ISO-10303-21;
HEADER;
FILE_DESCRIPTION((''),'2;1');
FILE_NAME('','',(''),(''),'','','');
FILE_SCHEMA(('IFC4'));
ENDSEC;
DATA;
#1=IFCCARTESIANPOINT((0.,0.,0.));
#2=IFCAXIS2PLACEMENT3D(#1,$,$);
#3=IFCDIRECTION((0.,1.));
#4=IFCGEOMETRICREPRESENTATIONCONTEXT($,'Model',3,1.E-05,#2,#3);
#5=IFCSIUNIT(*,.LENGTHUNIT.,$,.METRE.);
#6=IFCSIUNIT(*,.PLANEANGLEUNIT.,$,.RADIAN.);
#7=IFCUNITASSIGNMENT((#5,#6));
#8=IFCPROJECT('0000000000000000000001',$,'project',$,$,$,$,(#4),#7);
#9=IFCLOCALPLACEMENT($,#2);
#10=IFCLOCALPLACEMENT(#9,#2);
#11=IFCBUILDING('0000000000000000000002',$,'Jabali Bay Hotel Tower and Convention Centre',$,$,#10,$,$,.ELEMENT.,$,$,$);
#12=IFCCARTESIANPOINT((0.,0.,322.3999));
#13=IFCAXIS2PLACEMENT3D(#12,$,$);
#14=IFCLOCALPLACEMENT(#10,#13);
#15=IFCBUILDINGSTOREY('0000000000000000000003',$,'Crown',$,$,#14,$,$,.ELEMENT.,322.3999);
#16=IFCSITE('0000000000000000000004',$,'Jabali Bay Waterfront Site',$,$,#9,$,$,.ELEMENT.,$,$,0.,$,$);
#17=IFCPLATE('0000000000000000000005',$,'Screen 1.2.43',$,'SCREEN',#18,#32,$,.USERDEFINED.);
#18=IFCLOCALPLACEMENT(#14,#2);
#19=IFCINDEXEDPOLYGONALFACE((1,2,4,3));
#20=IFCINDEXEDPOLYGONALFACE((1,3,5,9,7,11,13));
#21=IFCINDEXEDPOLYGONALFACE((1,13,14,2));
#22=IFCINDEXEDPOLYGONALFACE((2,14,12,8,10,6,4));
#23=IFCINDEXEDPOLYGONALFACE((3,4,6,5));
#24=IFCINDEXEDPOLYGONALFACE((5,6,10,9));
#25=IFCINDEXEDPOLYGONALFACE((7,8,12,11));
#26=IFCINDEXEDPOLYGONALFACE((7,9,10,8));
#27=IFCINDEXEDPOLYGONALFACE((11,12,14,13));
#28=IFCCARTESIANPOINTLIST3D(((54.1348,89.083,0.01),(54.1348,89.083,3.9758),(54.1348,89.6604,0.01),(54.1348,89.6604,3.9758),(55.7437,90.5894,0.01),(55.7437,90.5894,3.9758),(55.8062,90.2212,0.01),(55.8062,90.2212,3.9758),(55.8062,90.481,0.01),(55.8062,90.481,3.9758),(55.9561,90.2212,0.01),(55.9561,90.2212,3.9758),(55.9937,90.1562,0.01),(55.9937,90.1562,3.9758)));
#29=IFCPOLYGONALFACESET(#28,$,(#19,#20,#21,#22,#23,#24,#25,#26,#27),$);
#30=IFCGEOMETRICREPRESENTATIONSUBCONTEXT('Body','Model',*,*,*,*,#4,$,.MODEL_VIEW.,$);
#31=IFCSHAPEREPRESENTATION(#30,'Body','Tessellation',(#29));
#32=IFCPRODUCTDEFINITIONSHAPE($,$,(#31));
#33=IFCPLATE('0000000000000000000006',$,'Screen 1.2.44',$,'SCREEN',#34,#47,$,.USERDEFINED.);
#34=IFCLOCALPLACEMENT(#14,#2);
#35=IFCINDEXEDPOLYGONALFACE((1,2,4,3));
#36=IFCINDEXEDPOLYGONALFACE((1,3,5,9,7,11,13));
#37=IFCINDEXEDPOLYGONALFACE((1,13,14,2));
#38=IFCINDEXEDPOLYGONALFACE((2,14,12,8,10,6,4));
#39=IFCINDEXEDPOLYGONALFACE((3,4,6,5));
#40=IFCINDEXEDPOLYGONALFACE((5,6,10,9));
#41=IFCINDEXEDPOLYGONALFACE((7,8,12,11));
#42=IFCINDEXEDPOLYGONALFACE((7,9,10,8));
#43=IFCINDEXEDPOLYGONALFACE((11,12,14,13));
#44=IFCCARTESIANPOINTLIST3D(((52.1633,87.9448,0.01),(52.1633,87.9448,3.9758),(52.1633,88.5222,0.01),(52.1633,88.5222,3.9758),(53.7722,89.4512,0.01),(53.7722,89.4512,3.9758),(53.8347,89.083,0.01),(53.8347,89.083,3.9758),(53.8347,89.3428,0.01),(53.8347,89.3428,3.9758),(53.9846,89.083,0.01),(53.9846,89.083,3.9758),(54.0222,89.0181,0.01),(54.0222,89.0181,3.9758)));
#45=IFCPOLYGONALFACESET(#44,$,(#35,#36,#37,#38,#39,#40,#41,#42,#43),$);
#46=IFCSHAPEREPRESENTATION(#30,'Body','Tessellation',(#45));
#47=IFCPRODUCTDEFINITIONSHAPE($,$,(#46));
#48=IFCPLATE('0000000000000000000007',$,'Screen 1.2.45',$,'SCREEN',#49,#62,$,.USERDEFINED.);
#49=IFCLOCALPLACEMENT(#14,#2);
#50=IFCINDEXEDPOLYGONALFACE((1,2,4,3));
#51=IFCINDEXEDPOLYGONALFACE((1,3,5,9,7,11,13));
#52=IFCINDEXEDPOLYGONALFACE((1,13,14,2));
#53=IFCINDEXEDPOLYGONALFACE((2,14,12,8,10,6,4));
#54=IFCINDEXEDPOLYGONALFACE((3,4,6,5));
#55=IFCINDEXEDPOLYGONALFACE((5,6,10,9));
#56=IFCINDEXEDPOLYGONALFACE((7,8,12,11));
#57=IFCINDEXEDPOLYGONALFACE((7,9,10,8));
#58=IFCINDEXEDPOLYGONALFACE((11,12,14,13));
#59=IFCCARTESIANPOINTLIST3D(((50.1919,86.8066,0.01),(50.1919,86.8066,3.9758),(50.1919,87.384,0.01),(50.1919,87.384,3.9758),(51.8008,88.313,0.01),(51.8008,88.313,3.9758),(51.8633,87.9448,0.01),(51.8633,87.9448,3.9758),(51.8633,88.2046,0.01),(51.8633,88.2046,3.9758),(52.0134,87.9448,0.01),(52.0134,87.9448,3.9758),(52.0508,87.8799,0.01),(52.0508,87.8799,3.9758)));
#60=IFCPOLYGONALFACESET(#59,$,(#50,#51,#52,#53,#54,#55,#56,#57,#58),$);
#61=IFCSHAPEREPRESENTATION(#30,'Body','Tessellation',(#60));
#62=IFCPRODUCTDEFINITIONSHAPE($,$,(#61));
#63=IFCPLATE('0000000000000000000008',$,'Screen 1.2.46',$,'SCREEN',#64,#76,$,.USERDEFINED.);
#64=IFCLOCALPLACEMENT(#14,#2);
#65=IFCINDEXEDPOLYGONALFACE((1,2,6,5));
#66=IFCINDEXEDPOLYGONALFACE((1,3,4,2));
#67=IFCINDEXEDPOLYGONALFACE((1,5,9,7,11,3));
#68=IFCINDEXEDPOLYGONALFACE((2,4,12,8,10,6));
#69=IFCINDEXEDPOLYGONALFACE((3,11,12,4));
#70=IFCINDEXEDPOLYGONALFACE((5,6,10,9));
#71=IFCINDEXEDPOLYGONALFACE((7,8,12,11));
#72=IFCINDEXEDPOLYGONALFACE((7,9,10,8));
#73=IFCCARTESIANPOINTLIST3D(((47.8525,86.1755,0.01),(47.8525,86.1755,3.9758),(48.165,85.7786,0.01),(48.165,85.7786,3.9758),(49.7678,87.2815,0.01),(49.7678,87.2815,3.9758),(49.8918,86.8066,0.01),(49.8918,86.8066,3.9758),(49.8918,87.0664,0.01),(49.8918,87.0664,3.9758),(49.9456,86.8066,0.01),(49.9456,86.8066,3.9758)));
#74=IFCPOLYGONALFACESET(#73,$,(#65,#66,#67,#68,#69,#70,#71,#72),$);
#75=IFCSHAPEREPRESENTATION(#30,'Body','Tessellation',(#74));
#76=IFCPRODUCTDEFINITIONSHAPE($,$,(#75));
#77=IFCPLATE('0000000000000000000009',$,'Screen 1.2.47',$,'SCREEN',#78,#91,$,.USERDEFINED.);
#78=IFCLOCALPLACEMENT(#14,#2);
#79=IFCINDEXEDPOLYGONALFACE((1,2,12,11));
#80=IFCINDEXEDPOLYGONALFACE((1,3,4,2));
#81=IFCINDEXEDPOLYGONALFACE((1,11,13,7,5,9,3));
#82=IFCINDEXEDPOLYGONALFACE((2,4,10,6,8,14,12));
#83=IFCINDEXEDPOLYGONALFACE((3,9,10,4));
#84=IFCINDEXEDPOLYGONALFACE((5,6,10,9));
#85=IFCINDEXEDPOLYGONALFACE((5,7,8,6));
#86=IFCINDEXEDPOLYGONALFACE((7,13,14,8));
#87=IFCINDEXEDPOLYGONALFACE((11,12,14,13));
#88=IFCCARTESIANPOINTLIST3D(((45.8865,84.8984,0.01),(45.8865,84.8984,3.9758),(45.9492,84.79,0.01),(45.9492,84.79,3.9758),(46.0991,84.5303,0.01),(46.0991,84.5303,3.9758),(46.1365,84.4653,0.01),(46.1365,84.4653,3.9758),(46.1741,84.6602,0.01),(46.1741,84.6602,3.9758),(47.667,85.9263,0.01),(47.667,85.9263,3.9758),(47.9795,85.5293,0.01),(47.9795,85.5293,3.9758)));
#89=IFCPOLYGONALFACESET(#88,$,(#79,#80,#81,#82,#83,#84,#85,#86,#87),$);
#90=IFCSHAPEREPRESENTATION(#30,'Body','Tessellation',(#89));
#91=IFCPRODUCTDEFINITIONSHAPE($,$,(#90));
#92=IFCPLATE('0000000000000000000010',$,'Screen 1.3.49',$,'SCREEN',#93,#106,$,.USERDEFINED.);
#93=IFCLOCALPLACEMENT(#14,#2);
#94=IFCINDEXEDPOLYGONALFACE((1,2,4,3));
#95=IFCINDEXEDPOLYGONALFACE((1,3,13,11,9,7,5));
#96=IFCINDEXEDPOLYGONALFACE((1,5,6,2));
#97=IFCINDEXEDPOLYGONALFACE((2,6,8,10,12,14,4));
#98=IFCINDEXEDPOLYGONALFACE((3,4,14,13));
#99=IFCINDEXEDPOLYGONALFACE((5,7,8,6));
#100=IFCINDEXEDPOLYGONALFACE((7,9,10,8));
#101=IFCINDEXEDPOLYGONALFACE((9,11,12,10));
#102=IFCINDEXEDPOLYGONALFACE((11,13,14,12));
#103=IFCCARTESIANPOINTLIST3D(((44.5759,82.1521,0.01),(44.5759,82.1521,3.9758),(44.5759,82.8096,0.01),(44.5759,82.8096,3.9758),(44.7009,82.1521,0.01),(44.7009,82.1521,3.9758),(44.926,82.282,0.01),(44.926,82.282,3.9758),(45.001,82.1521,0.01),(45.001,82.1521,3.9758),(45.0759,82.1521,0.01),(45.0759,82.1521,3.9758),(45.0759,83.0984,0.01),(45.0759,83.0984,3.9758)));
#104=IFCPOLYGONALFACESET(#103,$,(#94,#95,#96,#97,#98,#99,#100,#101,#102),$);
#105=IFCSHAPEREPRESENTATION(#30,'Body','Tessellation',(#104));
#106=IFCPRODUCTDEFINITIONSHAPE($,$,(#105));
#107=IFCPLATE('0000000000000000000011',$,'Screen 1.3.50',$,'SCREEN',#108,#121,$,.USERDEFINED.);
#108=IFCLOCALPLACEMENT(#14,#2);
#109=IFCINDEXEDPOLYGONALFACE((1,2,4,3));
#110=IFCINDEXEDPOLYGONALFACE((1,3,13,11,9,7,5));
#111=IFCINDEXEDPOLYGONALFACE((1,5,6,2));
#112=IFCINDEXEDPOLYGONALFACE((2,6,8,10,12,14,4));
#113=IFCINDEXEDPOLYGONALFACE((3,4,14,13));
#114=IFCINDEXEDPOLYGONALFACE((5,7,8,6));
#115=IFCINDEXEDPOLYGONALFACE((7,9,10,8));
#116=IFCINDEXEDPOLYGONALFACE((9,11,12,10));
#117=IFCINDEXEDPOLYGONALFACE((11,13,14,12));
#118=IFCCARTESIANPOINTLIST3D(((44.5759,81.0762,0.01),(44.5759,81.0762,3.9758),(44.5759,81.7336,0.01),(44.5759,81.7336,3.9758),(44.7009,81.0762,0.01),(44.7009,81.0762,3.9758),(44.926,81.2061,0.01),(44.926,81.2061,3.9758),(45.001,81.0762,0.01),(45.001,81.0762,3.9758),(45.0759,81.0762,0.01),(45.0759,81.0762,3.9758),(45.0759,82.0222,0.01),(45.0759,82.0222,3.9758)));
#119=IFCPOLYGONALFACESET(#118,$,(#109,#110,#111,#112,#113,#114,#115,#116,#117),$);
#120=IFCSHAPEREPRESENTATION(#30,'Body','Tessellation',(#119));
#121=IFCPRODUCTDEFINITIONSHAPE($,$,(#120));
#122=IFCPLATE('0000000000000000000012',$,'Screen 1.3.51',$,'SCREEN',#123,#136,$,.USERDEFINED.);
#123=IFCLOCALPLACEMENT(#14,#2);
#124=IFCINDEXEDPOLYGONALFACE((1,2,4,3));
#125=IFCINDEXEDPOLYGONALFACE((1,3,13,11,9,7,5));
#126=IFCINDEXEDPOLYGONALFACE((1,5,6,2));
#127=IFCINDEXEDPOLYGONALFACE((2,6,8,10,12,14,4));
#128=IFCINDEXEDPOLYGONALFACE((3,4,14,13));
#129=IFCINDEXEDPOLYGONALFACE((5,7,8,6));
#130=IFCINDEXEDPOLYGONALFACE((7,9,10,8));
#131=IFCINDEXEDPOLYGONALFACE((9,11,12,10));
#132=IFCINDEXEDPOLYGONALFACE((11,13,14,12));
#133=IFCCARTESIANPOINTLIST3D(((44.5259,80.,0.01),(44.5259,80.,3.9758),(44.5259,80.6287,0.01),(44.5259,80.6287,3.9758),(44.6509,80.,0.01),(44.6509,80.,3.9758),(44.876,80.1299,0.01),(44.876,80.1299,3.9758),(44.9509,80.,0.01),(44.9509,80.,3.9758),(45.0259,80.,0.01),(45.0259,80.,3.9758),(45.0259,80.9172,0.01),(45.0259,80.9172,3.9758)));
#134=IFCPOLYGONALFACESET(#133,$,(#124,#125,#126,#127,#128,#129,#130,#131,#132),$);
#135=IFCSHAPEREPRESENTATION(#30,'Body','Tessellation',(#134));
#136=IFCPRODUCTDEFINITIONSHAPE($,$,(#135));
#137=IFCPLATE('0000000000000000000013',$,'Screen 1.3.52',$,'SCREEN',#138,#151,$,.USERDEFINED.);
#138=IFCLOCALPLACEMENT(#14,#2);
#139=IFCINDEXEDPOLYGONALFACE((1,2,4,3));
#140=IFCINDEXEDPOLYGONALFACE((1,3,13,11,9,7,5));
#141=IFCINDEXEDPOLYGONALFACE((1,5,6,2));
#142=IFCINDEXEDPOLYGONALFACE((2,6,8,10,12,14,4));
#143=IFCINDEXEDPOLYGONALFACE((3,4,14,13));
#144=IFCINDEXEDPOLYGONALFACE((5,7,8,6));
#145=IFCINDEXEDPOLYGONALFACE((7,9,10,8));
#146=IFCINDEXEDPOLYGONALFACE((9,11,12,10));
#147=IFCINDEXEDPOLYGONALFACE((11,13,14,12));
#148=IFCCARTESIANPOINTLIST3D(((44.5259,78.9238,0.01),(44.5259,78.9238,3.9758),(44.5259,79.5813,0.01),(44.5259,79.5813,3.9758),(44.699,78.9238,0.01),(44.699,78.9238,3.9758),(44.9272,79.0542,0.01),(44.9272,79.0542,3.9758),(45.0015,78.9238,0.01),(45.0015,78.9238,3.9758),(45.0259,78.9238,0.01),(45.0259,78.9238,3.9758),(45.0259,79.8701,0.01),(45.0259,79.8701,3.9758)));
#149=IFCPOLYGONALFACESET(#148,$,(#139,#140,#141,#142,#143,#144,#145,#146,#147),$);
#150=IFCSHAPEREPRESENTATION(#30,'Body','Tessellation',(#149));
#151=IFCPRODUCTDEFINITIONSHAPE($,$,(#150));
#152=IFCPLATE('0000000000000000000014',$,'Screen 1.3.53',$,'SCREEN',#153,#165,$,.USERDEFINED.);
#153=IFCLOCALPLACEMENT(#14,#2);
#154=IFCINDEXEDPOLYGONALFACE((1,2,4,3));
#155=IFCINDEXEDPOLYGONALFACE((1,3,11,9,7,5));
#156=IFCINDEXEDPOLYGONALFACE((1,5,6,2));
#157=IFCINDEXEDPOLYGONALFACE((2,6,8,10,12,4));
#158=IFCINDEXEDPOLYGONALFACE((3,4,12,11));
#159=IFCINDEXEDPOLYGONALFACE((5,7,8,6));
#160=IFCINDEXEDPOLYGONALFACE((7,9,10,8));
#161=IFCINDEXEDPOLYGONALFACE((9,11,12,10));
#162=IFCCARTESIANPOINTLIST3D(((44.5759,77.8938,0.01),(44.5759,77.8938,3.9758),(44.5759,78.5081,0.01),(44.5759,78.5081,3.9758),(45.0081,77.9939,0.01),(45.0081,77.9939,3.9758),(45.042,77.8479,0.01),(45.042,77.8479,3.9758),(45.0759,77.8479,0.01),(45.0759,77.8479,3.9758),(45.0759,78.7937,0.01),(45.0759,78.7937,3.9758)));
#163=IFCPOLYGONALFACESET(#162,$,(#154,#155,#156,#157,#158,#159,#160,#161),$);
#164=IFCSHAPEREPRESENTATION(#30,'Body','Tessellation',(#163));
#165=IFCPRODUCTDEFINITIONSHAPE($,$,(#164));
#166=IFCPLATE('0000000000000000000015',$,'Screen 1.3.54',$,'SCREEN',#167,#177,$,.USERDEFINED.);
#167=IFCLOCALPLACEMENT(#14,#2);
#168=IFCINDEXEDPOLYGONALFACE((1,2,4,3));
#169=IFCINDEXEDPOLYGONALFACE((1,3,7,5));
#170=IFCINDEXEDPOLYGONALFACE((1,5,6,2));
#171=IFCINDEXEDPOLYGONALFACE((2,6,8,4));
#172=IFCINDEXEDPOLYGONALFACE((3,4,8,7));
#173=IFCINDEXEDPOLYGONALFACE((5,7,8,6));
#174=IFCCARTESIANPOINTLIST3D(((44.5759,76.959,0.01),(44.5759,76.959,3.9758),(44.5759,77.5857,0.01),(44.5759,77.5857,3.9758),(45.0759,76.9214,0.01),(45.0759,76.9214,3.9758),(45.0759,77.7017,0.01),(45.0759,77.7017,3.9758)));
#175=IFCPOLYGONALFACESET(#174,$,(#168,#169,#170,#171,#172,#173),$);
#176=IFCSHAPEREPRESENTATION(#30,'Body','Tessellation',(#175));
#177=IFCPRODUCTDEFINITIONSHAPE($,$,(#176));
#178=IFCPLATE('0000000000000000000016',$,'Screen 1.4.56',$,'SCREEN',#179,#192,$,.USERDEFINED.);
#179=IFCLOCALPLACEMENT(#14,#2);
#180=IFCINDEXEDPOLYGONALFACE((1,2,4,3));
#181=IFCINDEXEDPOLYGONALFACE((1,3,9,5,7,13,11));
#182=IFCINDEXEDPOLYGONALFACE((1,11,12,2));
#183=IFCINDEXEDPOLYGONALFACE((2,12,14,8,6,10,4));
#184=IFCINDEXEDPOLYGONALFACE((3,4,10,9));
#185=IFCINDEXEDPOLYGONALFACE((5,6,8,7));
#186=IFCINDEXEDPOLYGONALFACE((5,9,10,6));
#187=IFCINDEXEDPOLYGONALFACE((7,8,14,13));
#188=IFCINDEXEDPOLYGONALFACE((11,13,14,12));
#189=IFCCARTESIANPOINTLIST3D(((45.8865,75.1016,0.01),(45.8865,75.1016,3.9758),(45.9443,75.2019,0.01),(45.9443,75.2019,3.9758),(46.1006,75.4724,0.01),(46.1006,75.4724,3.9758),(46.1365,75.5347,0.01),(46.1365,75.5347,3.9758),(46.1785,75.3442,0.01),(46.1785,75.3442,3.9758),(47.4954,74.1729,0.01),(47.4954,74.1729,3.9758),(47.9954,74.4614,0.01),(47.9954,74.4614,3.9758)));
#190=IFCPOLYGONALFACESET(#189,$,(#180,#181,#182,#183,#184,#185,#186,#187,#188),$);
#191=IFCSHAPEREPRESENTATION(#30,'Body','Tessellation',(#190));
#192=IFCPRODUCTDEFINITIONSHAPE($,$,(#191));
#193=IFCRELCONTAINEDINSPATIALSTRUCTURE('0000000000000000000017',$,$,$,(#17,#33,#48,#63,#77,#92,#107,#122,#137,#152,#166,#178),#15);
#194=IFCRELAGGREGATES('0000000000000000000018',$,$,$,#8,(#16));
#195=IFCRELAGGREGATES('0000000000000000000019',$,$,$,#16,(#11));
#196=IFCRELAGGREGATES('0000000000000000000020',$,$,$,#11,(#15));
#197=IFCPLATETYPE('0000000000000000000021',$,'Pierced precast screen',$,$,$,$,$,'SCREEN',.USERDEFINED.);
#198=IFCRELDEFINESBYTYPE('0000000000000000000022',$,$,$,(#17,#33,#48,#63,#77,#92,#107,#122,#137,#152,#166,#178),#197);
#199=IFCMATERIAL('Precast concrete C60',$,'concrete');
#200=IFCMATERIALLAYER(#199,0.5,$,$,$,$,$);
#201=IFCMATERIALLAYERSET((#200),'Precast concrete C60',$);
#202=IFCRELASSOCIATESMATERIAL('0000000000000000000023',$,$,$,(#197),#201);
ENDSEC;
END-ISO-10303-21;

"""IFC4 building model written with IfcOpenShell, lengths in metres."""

from ifc_helpers import new_model, si_unit, direction, frame, origin, place, context, subcontext, project, spatial, polyline, outline, extrude, material, layer, layer_set, type_object, element, save


model = new_model("IFC4")

# Units and contexts
model_context = context("Model", 3, precision=1e-05, world=origin(), true_north=direction((0.0, 1.0)))
body_context = subcontext(model_context, "Body", "Model", "MODEL_VIEW")
ifc_project = project(units=[si_unit("LENGTHUNIT", "METRE"), si_unit("PLANEANGLEUNIT", "RADIAN")], contexts=[model_context])

# Site, building, storey
site_placement = place(None, origin())
site = spatial("IfcSite", under=ifc_project, at=site_placement, Name="Jabali Bay Waterfront Site", CompositionType="ELEMENT", RefElevation=0.0)
building_placement = place(site_placement, origin())
building = spatial("IfcBuilding", under=site, at=building_placement, Name="Jabali Bay Hotel Tower and Convention Centre", CompositionType="ELEMENT")
storey_placement = place(building_placement, frame((0.0, 0.0, 322.3999)))
storey = spatial("IfcBuildingStorey", under=building, at=storey_placement, Name="Crown", CompositionType="ELEMENT", Elevation=322.3999)

# Plates
ifc_material = material(Name="Precast concrete C60", Category="concrete")
ifc_layer = layer(ifc_material, 0.5)
ifc_layer_set = layer_set([ifc_layer], Name="Precast concrete C60")
plate_type = type_object("IfcPlateType", Name="Pierced precast screen", ElementType="SCREEN", PredefinedType="USERDEFINED", material=ifc_layer_set)
plate_1_placement = place(storey_placement, frame((0.0, 0.0, 0.01)))
element("IfcPlate", 1, at=plate_1_placement, inside=storey, type_object=plate_type, Name="Screen 1.2.43", ObjectType="SCREEN", PredefinedType="USERDEFINED", context=body_context, shape_type="SweptSolid", body=[
    extrude(outline(polyline([(54.1348, 89.083), (55.9937, 90.1562), (55.9561, 90.2212), (55.8062, 90.2212), (55.8062, 90.481), (55.7437, 90.5894), (54.1348, 89.6604), (54.1348, 89.083)])), origin(), (0.0, 0.0, 1.0), 3.9658),
])
plate_2_placement = place(storey_placement, frame((0.0, 0.0, 0.01)))
element("IfcPlate", 2, at=plate_2_placement, inside=storey, type_object=plate_type, Name="Screen 1.2.44", ObjectType="SCREEN", PredefinedType="USERDEFINED", context=body_context, shape_type="SweptSolid", body=[
    extrude(outline(polyline([(52.1633, 87.9448), (54.0222, 89.0181), (53.9846, 89.083), (53.8347, 89.083), (53.8347, 89.3428), (53.7722, 89.4512), (52.1633, 88.5222), (52.1633, 87.9448)])), origin(), (0.0, 0.0, 1.0), 3.9658),
])
plate_3_placement = place(storey_placement, frame((0.0, 0.0, 0.01)))
element("IfcPlate", 3, at=plate_3_placement, inside=storey, type_object=plate_type, Name="Screen 1.2.45", ObjectType="SCREEN", PredefinedType="USERDEFINED", context=body_context, shape_type="SweptSolid", body=[
    extrude(outline(polyline([(50.1919, 86.8066), (52.0508, 87.8799), (52.0134, 87.9448), (51.8633, 87.9448), (51.8633, 88.2046), (51.8008, 88.313), (50.1919, 87.384), (50.1919, 86.8066)])), origin(), (0.0, 0.0, 1.0), 3.9658),
])
plate_4_placement = place(storey_placement, frame((0.0, 0.0, 0.01)))
element("IfcPlate", 4, at=plate_4_placement, inside=storey, type_object=plate_type, Name="Screen 1.2.46", ObjectType="SCREEN", PredefinedType="USERDEFINED", context=body_context, shape_type="SweptSolid", body=[
    extrude(outline(polyline([(48.165, 85.7786), (49.9456, 86.8066), (49.8918, 86.8066), (49.8918, 87.0664), (49.7678, 87.2815), (47.8525, 86.1755), (48.165, 85.7786)])), origin(), (0.0, 0.0, 1.0), 3.9658),
])
plate_5_placement = place(storey_placement, frame((0.0, 0.0, 0.01)))
element("IfcPlate", 5, at=plate_5_placement, inside=storey, type_object=plate_type, Name="Screen 1.2.47", ObjectType="SCREEN", PredefinedType="USERDEFINED", context=body_context, shape_type="SweptSolid", body=[
    extrude(outline(polyline([(46.1365, 84.4653), (47.9795, 85.5293), (47.667, 85.9263), (45.8865, 84.8984), (45.9492, 84.79), (46.1741, 84.6602), (46.0991, 84.5303), (46.1365, 84.4653)])), origin(), (0.0, 0.0, 1.0), 3.9658),
])
plate_6_placement = place(storey_placement, frame((0.0, 0.0, 0.01)))
element("IfcPlate", 6, at=plate_6_placement, inside=storey, type_object=plate_type, Name="Screen 1.3.49", ObjectType="SCREEN", PredefinedType="USERDEFINED", context=body_context, shape_type="SweptSolid", body=[
    extrude(outline(polyline([(45.0759, 82.1521), (45.0759, 83.0984), (44.5759, 82.8096), (44.5759, 82.1521), (44.7009, 82.1521), (44.926, 82.282), (45.001, 82.1521), (45.0759, 82.1521)])), origin(), (0.0, 0.0, 1.0), 3.9658),
])
plate_7_placement = place(storey_placement, frame((0.0, 0.0, 0.01)))
element("IfcPlate", 7, at=plate_7_placement, inside=storey, type_object=plate_type, Name="Screen 1.3.50", ObjectType="SCREEN", PredefinedType="USERDEFINED", context=body_context, shape_type="SweptSolid", body=[
    extrude(outline(polyline([(45.0759, 81.0762), (45.0759, 82.0222), (44.5759, 81.7336), (44.5759, 81.0762), (44.7009, 81.0762), (44.926, 81.2061), (45.001, 81.0762), (45.0759, 81.0762)])), origin(), (0.0, 0.0, 1.0), 3.9658),
])
plate_8_placement = place(storey_placement, frame((0.0, 0.0, 0.01)))
element("IfcPlate", 8, at=plate_8_placement, inside=storey, type_object=plate_type, Name="Screen 1.3.51", ObjectType="SCREEN", PredefinedType="USERDEFINED", context=body_context, shape_type="SweptSolid", body=[
    extrude(outline(polyline([(45.0259, 80.0), (45.0259, 80.9172), (44.5259, 80.6287), (44.5259, 80.0), (44.6509, 80.0), (44.876, 80.1299), (44.9509, 80.0), (45.0259, 80.0)])), origin(), (0.0, 0.0, 1.0), 3.9658),
])
plate_9_placement = place(storey_placement, frame((0.0, 0.0, 0.01)))
element("IfcPlate", 9, at=plate_9_placement, inside=storey, type_object=plate_type, Name="Screen 1.3.52", ObjectType="SCREEN", PredefinedType="USERDEFINED", context=body_context, shape_type="SweptSolid", body=[
    extrude(outline(polyline([(45.0259, 78.9238), (45.0259, 79.8701), (44.5259, 79.5813), (44.5259, 78.9238), (44.699, 78.9238), (44.9272, 79.0542), (45.0015, 78.9238), (45.0259, 78.9238)])), origin(), (0.0, 0.0, 1.0), 3.9658),
])
plate_10_placement = place(storey_placement, frame((0.0, 0.0, 0.01)))
element("IfcPlate", 10, at=plate_10_placement, inside=storey, type_object=plate_type, Name="Screen 1.3.53", ObjectType="SCREEN", PredefinedType="USERDEFINED", context=body_context, shape_type="SweptSolid", body=[
    extrude(outline(polyline([(45.0759, 77.8479), (45.0759, 78.7937), (44.5759, 78.5081), (44.5759, 77.8938), (45.0081, 77.9939), (45.042, 77.8479), (45.0759, 77.8479)])), origin(), (0.0, 0.0, 1.0), 3.9658),
])
plate_11_placement = place(storey_placement, frame((0.0, 0.0, 0.01)))
element("IfcPlate", 11, at=plate_11_placement, inside=storey, type_object=plate_type, Name="Screen 1.3.54", ObjectType="SCREEN", PredefinedType="USERDEFINED", context=body_context, shape_type="SweptSolid", body=[
    extrude(outline(polyline([(45.0759, 76.9214), (45.0759, 77.7017), (44.5759, 77.5857), (44.5759, 76.959), (45.0759, 76.9214)])), origin(), (0.0, 0.0, 1.0), 3.9658),
])
plate_12_placement = place(storey_placement, frame((0.0, 0.0, 0.01)))
element("IfcPlate", 12, at=plate_12_placement, inside=storey, type_object=plate_type, Name="Screen 1.4.56", ObjectType="SCREEN", PredefinedType="USERDEFINED", context=body_context, shape_type="SweptSolid", body=[
    extrude(outline(polyline([(47.9954, 74.4614), (46.1365, 75.5347), (46.1006, 75.4724), (46.1785, 75.3442), (45.9443, 75.2019), (45.8865, 75.1016), (47.4954, 74.1729), (47.9954, 74.4614)])), origin(), (0.0, 0.0, 1.0), 3.9658),
])

save(model, "model.ifc")
